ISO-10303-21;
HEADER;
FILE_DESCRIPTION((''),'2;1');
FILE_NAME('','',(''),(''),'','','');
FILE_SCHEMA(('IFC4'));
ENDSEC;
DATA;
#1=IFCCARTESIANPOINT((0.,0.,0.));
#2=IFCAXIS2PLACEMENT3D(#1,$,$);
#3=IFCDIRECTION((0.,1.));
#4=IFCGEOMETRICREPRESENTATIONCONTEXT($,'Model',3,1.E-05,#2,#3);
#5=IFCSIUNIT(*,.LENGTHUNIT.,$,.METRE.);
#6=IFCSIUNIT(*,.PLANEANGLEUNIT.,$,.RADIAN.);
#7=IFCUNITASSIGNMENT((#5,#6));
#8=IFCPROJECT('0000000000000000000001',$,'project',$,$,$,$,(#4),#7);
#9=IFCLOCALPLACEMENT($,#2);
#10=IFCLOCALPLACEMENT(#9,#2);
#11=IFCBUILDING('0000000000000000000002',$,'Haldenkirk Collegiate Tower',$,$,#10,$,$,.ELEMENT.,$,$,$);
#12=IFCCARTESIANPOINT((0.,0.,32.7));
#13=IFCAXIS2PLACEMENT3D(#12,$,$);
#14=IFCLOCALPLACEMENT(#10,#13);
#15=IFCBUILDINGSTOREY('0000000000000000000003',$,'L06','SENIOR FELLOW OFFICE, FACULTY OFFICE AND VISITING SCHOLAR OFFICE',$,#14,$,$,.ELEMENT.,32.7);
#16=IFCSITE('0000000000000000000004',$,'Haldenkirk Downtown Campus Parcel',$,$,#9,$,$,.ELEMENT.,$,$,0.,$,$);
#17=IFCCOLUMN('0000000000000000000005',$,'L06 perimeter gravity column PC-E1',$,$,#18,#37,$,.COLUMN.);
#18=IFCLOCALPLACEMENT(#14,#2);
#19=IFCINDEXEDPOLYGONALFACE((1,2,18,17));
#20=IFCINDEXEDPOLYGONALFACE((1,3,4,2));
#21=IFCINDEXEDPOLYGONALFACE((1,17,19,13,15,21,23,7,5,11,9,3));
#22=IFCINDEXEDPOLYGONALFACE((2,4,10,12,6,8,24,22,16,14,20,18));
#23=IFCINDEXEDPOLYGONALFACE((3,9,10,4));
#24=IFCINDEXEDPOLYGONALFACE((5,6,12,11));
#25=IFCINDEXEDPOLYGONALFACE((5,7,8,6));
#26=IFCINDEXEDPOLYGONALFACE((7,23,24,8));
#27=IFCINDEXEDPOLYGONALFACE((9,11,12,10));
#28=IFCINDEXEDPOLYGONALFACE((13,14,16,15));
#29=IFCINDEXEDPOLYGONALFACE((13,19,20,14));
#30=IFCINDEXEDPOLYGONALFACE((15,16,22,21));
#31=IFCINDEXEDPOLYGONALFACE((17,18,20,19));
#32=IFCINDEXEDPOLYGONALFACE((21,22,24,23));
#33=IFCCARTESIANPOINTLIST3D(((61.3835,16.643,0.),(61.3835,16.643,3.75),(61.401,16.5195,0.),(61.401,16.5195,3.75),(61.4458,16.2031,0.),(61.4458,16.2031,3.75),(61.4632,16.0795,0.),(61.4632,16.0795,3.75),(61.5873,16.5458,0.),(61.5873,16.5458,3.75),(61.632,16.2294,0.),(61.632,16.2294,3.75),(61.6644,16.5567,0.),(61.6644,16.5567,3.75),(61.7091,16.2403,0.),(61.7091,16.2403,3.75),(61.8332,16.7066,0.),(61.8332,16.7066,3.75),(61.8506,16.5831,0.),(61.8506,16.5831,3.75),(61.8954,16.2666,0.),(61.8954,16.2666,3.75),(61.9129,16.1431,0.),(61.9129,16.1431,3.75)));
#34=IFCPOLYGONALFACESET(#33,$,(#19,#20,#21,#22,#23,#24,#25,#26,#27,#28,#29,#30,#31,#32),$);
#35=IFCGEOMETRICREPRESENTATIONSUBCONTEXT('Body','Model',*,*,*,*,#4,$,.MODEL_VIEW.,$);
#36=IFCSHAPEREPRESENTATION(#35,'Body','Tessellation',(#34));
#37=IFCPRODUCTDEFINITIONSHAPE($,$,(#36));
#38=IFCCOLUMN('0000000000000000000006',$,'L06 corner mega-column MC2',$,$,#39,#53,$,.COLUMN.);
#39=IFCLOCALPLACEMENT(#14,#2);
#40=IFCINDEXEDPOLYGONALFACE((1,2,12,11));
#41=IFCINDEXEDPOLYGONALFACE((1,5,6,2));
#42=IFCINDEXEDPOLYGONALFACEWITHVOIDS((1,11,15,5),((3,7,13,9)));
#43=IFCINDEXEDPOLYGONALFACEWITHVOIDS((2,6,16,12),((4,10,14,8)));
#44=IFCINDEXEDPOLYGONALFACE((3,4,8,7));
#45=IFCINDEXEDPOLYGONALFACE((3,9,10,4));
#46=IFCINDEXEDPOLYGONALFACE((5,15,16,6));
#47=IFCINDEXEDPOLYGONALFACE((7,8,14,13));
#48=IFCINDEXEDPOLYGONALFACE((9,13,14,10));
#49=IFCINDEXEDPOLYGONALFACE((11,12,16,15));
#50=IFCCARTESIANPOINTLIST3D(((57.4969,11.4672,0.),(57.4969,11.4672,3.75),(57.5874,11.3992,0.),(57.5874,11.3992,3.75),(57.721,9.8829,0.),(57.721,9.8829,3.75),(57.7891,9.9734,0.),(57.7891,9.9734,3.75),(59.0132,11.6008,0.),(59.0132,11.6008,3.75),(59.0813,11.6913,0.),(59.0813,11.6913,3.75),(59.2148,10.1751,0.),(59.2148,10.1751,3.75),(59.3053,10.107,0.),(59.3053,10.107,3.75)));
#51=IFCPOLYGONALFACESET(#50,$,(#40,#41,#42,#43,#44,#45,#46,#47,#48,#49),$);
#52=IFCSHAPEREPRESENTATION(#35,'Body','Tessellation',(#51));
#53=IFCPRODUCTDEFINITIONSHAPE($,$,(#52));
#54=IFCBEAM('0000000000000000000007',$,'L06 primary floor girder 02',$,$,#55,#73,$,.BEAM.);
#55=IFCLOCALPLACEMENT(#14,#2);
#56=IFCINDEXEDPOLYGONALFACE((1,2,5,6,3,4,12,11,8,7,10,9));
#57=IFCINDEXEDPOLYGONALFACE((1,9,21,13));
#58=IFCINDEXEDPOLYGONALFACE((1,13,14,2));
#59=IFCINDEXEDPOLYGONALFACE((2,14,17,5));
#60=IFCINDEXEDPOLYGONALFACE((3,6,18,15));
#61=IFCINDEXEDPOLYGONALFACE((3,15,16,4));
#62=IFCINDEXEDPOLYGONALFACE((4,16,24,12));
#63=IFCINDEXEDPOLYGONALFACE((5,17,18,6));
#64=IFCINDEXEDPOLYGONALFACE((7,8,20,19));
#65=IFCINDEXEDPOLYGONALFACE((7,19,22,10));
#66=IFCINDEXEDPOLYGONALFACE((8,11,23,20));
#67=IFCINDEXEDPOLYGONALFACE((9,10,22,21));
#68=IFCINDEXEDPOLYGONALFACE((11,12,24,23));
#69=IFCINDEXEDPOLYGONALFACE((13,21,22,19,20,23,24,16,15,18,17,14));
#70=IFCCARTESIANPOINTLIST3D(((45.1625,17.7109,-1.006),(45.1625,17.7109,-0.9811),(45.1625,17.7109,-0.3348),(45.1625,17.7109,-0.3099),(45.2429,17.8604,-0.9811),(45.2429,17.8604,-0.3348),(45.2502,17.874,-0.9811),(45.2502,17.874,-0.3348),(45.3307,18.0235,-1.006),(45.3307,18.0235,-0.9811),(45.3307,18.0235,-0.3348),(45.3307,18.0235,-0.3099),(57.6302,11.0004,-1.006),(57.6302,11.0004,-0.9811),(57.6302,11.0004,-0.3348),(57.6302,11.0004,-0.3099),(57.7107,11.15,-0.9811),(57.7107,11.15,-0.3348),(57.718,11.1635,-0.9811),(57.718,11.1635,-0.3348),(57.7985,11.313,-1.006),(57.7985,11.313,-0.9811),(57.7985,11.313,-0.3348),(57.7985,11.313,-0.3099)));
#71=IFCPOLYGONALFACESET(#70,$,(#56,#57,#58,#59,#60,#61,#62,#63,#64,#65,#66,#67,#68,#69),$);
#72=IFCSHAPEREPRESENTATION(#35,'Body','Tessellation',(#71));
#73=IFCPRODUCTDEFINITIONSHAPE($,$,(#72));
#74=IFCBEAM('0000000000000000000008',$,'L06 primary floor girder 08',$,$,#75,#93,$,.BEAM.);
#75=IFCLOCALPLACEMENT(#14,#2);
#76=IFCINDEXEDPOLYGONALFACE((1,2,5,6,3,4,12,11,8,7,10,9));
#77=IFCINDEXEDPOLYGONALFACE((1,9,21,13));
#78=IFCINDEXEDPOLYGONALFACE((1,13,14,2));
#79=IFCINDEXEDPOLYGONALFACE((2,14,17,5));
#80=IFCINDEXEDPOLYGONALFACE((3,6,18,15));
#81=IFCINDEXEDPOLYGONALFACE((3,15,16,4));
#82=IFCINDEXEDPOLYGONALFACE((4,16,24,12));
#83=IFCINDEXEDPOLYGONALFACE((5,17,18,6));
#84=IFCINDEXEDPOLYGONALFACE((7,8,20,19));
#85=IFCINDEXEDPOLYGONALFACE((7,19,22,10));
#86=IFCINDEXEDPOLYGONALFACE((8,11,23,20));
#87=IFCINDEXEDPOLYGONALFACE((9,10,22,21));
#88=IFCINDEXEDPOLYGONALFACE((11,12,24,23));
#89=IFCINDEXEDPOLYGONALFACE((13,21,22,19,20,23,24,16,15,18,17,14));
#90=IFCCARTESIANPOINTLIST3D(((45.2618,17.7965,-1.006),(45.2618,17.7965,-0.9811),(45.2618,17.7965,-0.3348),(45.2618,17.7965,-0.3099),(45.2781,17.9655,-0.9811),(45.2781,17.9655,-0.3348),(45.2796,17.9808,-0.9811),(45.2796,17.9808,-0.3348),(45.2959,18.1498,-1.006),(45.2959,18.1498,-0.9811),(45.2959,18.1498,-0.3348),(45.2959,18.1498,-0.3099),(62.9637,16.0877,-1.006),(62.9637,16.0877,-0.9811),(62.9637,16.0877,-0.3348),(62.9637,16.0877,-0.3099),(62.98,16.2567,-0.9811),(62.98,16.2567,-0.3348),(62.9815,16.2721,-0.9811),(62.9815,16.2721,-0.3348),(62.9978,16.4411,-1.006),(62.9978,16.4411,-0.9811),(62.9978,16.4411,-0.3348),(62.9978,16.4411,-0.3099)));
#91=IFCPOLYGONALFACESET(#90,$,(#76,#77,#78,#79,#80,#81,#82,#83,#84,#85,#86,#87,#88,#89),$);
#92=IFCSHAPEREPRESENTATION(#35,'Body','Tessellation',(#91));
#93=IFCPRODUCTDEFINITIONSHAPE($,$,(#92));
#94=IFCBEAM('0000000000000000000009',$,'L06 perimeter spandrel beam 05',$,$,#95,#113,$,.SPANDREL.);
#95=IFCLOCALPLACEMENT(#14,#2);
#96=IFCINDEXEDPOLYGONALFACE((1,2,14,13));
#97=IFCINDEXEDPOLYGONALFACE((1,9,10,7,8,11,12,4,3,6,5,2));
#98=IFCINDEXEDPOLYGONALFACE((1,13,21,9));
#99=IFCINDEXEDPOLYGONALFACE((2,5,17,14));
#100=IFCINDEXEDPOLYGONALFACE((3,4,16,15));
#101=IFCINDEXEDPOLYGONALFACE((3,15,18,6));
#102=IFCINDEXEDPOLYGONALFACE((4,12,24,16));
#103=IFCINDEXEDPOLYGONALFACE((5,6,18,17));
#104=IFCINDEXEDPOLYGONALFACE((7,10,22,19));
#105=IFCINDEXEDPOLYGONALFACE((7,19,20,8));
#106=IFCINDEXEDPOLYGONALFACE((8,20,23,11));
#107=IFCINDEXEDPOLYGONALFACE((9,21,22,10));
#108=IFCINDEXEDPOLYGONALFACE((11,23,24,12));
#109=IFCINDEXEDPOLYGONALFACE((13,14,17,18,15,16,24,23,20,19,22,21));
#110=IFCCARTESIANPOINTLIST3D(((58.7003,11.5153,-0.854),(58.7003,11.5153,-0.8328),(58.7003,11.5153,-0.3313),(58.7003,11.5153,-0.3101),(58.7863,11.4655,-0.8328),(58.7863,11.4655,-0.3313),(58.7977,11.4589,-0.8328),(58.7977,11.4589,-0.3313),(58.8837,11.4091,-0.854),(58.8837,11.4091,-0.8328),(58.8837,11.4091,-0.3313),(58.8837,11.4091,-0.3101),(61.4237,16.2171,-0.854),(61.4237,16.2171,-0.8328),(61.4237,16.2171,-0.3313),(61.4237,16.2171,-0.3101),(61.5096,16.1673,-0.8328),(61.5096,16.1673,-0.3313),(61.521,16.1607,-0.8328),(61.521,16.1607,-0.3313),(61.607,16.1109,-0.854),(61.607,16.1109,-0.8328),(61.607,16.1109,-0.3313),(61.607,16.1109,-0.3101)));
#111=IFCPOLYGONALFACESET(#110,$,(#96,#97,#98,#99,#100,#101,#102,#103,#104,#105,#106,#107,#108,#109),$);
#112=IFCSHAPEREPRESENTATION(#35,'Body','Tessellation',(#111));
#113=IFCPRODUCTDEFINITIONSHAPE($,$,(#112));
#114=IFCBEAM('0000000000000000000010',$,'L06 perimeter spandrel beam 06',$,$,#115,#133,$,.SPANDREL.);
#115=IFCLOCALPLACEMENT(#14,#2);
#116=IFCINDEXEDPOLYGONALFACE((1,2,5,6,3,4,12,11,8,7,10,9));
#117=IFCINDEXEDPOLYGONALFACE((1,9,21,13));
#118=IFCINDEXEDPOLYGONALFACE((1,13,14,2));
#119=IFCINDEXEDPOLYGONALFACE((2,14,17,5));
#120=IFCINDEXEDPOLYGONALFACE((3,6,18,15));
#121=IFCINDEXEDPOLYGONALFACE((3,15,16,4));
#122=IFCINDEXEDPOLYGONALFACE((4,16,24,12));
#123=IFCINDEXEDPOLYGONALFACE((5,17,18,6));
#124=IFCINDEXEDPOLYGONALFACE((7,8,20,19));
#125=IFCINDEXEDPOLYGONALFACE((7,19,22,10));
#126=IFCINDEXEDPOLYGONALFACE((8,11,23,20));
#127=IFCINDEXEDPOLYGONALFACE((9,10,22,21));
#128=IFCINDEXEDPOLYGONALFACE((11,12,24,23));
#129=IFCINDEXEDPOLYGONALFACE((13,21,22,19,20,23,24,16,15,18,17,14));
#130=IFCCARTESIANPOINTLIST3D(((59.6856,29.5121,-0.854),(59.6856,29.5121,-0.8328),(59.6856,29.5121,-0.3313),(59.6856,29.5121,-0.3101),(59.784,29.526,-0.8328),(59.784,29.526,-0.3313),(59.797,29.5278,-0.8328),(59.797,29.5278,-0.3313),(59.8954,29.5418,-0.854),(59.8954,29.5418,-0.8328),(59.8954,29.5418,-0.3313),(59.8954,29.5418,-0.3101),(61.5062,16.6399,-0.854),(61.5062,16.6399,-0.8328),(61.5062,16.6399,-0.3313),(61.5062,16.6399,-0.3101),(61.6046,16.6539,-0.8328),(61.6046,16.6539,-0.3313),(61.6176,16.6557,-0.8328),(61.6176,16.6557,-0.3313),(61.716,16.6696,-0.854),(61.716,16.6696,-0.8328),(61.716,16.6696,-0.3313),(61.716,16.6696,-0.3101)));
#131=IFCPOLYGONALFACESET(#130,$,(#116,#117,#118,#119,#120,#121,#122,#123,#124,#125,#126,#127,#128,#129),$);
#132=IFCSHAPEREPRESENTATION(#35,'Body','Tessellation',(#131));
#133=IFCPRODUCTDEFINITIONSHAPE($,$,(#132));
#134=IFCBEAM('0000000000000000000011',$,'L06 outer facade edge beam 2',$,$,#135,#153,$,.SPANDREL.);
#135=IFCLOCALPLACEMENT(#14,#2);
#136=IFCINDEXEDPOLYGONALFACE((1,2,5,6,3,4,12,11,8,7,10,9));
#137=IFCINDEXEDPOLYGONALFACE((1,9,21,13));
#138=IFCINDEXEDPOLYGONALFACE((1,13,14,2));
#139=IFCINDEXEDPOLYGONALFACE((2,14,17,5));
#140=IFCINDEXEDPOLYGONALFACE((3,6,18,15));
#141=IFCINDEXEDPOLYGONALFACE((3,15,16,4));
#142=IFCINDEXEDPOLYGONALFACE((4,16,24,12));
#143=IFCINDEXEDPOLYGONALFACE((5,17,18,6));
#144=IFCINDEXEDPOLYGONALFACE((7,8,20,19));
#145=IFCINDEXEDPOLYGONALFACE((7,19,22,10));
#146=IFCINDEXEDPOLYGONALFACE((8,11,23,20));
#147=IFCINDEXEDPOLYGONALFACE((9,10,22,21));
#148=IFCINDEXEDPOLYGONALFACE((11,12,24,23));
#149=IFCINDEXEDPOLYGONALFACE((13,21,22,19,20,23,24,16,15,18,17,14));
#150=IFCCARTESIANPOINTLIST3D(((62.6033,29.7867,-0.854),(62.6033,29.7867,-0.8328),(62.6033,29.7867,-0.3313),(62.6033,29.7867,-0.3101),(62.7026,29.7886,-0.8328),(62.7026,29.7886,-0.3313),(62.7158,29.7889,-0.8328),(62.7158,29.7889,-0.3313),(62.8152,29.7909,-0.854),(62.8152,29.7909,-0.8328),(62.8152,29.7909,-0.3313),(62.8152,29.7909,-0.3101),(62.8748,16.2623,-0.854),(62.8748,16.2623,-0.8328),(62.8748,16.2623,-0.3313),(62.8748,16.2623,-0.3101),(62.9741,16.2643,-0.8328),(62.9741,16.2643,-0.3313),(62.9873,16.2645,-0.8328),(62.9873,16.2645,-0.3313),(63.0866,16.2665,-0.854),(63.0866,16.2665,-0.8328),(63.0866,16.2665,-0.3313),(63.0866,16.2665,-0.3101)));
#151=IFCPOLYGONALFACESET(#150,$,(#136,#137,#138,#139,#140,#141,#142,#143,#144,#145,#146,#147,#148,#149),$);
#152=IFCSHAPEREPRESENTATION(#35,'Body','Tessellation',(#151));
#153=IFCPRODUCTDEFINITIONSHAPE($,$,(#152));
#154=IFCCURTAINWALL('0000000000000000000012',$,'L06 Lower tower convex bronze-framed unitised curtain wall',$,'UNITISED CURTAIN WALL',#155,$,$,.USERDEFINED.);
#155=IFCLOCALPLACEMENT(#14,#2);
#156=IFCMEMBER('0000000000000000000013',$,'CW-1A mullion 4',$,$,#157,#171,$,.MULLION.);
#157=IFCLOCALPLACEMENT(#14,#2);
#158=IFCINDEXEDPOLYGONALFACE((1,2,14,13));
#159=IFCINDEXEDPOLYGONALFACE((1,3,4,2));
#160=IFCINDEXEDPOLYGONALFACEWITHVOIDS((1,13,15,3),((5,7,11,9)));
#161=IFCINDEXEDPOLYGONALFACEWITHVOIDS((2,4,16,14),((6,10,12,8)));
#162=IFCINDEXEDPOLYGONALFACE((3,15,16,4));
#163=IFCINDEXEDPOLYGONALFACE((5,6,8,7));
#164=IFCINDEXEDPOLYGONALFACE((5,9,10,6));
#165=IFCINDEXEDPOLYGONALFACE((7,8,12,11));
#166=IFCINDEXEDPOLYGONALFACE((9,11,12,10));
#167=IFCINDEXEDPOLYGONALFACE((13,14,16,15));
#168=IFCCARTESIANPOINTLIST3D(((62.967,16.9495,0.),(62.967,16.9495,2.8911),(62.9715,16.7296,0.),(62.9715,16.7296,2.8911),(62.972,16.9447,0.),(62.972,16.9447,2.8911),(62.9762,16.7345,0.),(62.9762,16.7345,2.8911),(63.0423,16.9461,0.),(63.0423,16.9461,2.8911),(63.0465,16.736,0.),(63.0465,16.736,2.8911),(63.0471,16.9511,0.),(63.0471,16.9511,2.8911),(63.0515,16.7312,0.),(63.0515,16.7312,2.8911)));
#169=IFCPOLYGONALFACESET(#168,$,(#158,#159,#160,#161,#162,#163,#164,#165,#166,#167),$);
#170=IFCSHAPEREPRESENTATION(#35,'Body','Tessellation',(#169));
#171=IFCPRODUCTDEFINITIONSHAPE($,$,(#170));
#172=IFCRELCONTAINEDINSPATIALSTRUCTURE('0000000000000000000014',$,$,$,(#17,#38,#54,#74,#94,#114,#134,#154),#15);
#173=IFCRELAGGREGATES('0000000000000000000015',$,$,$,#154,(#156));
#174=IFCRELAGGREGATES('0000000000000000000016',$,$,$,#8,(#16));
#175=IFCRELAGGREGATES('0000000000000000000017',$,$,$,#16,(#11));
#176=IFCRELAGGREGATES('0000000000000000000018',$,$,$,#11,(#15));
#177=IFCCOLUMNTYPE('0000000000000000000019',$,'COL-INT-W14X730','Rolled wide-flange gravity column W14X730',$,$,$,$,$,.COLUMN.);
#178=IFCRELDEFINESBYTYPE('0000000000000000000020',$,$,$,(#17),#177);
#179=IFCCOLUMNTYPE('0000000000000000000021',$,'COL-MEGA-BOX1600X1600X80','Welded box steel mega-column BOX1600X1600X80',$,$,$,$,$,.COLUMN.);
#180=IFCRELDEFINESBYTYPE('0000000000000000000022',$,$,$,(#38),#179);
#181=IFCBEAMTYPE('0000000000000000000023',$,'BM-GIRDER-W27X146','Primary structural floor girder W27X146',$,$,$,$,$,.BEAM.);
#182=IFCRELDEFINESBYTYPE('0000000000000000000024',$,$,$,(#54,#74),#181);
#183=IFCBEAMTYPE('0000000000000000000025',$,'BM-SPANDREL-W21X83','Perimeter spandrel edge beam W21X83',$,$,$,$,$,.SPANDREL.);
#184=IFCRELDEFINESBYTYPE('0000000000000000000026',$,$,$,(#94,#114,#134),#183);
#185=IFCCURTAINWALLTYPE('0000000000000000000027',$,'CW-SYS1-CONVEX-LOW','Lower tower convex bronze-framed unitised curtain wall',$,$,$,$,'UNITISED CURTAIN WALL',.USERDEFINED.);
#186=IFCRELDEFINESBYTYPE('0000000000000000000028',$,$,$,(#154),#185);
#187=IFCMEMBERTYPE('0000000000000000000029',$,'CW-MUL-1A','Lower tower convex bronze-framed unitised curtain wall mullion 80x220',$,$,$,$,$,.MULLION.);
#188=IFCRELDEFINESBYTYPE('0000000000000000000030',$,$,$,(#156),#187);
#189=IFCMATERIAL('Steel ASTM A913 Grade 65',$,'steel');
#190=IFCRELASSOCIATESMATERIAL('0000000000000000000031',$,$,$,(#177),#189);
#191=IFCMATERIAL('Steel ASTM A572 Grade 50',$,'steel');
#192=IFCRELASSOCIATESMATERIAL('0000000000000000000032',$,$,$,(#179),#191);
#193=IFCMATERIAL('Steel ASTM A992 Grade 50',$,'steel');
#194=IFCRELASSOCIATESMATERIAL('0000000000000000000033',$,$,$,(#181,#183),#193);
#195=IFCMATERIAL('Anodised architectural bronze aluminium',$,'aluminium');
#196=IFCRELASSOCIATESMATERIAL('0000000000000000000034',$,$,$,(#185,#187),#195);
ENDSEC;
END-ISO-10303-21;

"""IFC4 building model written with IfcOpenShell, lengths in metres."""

from ifc_helpers import new_model, si_unit, direction, frame, origin, origin_2d, place, context, subcontext, project, spatial, hollow_rectangle, i_section, extrude, material, material_profile, profile_set, type_object, element, aggregate, save


model = new_model("IFC4")

# Units and contexts
model_context = context("Model", 3, precision=1e-05, world=origin(), true_north=direction((0.0, 1.0)))
body_context = subcontext(model_context, "Body", "Model", "MODEL_VIEW")
ifc_project = project(units=[si_unit("LENGTHUNIT", "METRE"), si_unit("PLANEANGLEUNIT", "RADIAN")], contexts=[model_context])

# Site, building, storey
site_placement = place(None, origin())
site = spatial("IfcSite", under=ifc_project, at=site_placement, Name="Haldenkirk Downtown Campus Parcel", CompositionType="ELEMENT", RefElevation=0.0)
building_placement = place(site_placement, origin())
building = spatial("IfcBuilding", under=site, at=building_placement, Name="Haldenkirk Collegiate Tower", CompositionType="ELEMENT")
storey_placement = place(building_placement, frame((0.0, 0.0, 32.7)))
storey = spatial("IfcBuildingStorey", under=building, at=storey_placement, Name="L06", Description="SENIOR FELLOW OFFICE, FACULTY OFFICE AND VISITING SCHOLAR OFFICE", CompositionType="ELEMENT", Elevation=32.7)

# Columns
ifc_material_1 = material(Name="Steel ASTM A913 Grade 65", Category="steel")
ifc_material_profile_1 = material_profile(ifc_material_1, i_section(OverallWidth=0.4541, OverallDepth=0.5691, WebThickness=0.0779, FlangeThickness=0.1248, at=origin_2d()), Name="W14X730")
ifc_profile_set_1 = profile_set([ifc_material_profile_1], Name="Steel ASTM A913 Grade 65")
column_type_1 = type_object("IfcColumnType", Name="COL-INT-W14X730", Description="Rolled wide-flange gravity column W14X730", PredefinedType="COLUMN", material=ifc_profile_set_1)
column_1_placement = place(storey_placement, frame((61.6482, 16.3931, 0.0), z_axis=(0.0, 0.0, 1.0), x_axis=(0.990146, 0.140037, 0.0)))
element("IfcColumn", 1, at=column_1_placement, inside=storey, type_object=column_type_1, Name="L06 perimeter gravity column PC-E1", PredefinedType="COLUMN", context=body_context, shape_type="SweptSolid", body=[
    extrude(i_section(OverallWidth=0.4541, OverallDepth=0.5691, WebThickness=0.0779, FlangeThickness=0.1248, at=origin_2d()), origin(), (0.0, 0.0, 1.0), 3.75),
])
ifc_material_2 = material(Name="Steel ASTM A572 Grade 50", Category="steel")
ifc_material_profile_2 = material_profile(ifc_material_2, hollow_rectangle(XDim=1.6001, YDim=1.6001, WallThickness=0.0801, at=origin_2d()), Name="BOX1600X1600X80")
ifc_profile_set_2 = profile_set([ifc_material_profile_2], Name="Steel ASTM A572 Grade 50")
column_type_2 = type_object("IfcColumnType", Name="COL-MEGA-BOX1600X1600X80", Description="Welded box steel mega-column BOX1600X1600X80", PredefinedType="COLUMN", material=ifc_profile_set_2)
column_2_placement = place(storey_placement, frame((58.4011, 10.7871, 0.0), z_axis=(0.0, 0.0, 1.0), x_axis=(0.990146, 0.140037, 0.0)))
element("IfcColumn", 2, at=column_2_placement, inside=storey, type_object=column_type_2, Name="L06 corner mega-column MC2", PredefinedType="COLUMN", context=body_context, shape_type="SweptSolid", body=[
    extrude(hollow_rectangle(XDim=1.6001, YDim=1.6001, WallThickness=0.0801, at=origin_2d()), origin(), (0.0, 0.0, 1.0), 3.75),
])

# Beams
ifc_material_3 = material(Name="Steel ASTM A992 Grade 50", Category="steel")
ifc_material_profile_3 = material_profile(ifc_material_3, i_section(OverallWidth=0.355, OverallDepth=0.696, WebThickness=0.0154, FlangeThickness=0.0249, at=origin_2d()), Name="W27X146")
ifc_profile_set_3 = profile_set([ifc_material_profile_3], Name="Steel ASTM A992 Grade 50")
beam_type_1 = type_object("IfcBeamType", Name="BM-GIRDER-W27X146", Description="Primary structural floor girder W27X146", PredefinedType="BEAM", material=ifc_profile_set_3)
beam_1_placement = place(storey_placement, frame((57.7144, 11.1567, -0.658), z_axis=(-0.880559, 0.473937, 0.0), x_axis=(-0.473937, -0.880559, 0.0)))
element("IfcBeam", 3, at=beam_1_placement, inside=storey, type_object=beam_type_1, Name="L06 primary floor girder 02", PredefinedType="BEAM", context=body_context, shape_type="SweptSolid", body=[
    extrude(i_section(OverallWidth=0.355, OverallDepth=0.696, WebThickness=0.0154, FlangeThickness=0.0249, at=origin_2d()), origin(), (0.0, 0.0, 1.0), 14.1589),
])
beam_2_placement = place(storey_placement, frame((62.9807, 16.2644, -0.658), z_axis=(-0.995373, 0.096082, 0.0), x_axis=(-0.096082, -0.995373, 0.0)))
element("IfcBeam", 4, at=beam_2_placement, inside=storey, type_object=beam_type_1, Name="L06 primary floor girder 08", PredefinedType="BEAM", context=body_context, shape_type="SweptSolid", body=[
    extrude(i_section(OverallWidth=0.355, OverallDepth=0.696, WebThickness=0.0154, FlangeThickness=0.0249, at=origin_2d()), origin(), (0.0, 0.0, 1.0), 17.7842),
])
ifc_material_profile_4 = material_profile(ifc_material_3, i_section(OverallWidth=0.2119, OverallDepth=0.5439, WebThickness=0.0132, FlangeThickness=0.0212, at=origin_2d()), Name="W21X83")
ifc_profile_set_4 = profile_set([ifc_material_profile_4], Name="Steel ASTM A992 Grade 50")
beam_type_2 = type_object("IfcBeamType", Name="BM-SPANDREL-W21X83", Description="Perimeter spandrel edge beam W21X83", PredefinedType="SPANDREL", material=ifc_profile_set_4)
beam_3_placement = place(storey_placement, frame((58.792, 11.4622, -0.582), z_axis=(0.501206, 0.865328, 0.0), x_axis=(-0.865328, 0.501206, 0.0)))
element("IfcBeam", 5, at=beam_3_placement, inside=storey, type_object=beam_type_2, Name="L06 perimeter spandrel beam 05", PredefinedType="SPANDREL", context=body_context, shape_type="SweptSolid", body=[
    extrude(i_section(OverallWidth=0.2119, OverallDepth=0.5439, WebThickness=0.0132, FlangeThickness=0.0212, at=origin_2d()), origin(), (0.0, 0.0, 1.0), 5.4336),
])
beam_4_placement = place(storey_placement, frame((61.6111, 16.6548, -0.582), z_axis=(-0.140041, 0.990146, 0.0), x_axis=(-0.990146, -0.140041, 0.0)))
element("IfcBeam", 6, at=beam_4_placement, inside=storey, type_object=beam_type_2, Name="L06 perimeter spandrel beam 06", PredefinedType="SPANDREL", context=body_context, shape_type="SweptSolid", body=[
    extrude(i_section(OverallWidth=0.2119, OverallDepth=0.5439, WebThickness=0.0132, FlangeThickness=0.0212, at=origin_2d()), origin(), (0.0, 0.0, 1.0), 13.0002),
])
beam_5_placement = place(storey_placement, frame((62.9807, 16.2644, -0.582), z_axis=(-0.02007, 0.999799, 0.0), x_axis=(-0.999799, -0.02007, 0.0)))
element("IfcBeam", 7, at=beam_5_placement, inside=storey, type_object=beam_type_2, Name="L06 outer facade edge beam 2", PredefinedType="SPANDREL", context=body_context, shape_type="SweptSolid", body=[
    extrude(i_section(OverallWidth=0.2119, OverallDepth=0.5439, WebThickness=0.0132, FlangeThickness=0.0212, at=origin_2d()), origin(), (0.0, 0.0, 1.0), 13.5271),
])

# Curtain wall, member
ifc_material_4 = material(Name="Anodised architectural bronze aluminium", Category="aluminium")
curtain_wall_type = type_object("IfcCurtainWallType", Name="CW-SYS1-CONVEX-LOW", Description="Lower tower convex bronze-framed unitised curtain wall", ElementType="UNITISED CURTAIN WALL", PredefinedType="USERDEFINED", material=ifc_material_4)
curtain_wall_placement = place(storey_placement, origin())
curtain_wall = element("IfcCurtainWall", 8, at=curtain_wall_placement, inside=storey, type_object=curtain_wall_type, Name="L06 Lower tower convex bronze-framed unitised curtain wall", ObjectType="UNITISED CURTAIN WALL", PredefinedType="USERDEFINED")
ifc_material_profile_5 = material_profile(ifc_material_4, hollow_rectangle(XDim=0.0801, YDim=0.22, WallThickness=0.0049, at=origin_2d()), Name="CW-MUL-1A")
ifc_profile_set_5 = profile_set([ifc_material_profile_5], Name="Anodised architectural bronze aluminium")
member_type_1 = type_object("IfcMemberType", Name="CW-MUL-1A", Description="Lower tower convex bronze-framed unitised curtain wall mullion 80x220", PredefinedType="MULLION", material=ifc_profile_set_5)
member_1_placement = place(storey_placement, frame((63.0093, 16.8403, 0.0), z_axis=(0.0, 0.0, 1.0), x_axis=(0.999799, 0.020069, 0.0)))
member_1 = element("IfcMember", 9, at=member_1_placement, type_object=member_type_1, Name="CW-1A mullion 4", PredefinedType="MULLION", context=body_context, shape_type="SweptSolid", body=[
    extrude(hollow_rectangle(XDim=0.0801, YDim=0.22, WallThickness=0.0049, at=origin_2d()), origin(), (0.0, 0.0, 1.0), 2.8911),
])
aggregate(curtain_wall, [member_1])

save(model, "model.ifc")
